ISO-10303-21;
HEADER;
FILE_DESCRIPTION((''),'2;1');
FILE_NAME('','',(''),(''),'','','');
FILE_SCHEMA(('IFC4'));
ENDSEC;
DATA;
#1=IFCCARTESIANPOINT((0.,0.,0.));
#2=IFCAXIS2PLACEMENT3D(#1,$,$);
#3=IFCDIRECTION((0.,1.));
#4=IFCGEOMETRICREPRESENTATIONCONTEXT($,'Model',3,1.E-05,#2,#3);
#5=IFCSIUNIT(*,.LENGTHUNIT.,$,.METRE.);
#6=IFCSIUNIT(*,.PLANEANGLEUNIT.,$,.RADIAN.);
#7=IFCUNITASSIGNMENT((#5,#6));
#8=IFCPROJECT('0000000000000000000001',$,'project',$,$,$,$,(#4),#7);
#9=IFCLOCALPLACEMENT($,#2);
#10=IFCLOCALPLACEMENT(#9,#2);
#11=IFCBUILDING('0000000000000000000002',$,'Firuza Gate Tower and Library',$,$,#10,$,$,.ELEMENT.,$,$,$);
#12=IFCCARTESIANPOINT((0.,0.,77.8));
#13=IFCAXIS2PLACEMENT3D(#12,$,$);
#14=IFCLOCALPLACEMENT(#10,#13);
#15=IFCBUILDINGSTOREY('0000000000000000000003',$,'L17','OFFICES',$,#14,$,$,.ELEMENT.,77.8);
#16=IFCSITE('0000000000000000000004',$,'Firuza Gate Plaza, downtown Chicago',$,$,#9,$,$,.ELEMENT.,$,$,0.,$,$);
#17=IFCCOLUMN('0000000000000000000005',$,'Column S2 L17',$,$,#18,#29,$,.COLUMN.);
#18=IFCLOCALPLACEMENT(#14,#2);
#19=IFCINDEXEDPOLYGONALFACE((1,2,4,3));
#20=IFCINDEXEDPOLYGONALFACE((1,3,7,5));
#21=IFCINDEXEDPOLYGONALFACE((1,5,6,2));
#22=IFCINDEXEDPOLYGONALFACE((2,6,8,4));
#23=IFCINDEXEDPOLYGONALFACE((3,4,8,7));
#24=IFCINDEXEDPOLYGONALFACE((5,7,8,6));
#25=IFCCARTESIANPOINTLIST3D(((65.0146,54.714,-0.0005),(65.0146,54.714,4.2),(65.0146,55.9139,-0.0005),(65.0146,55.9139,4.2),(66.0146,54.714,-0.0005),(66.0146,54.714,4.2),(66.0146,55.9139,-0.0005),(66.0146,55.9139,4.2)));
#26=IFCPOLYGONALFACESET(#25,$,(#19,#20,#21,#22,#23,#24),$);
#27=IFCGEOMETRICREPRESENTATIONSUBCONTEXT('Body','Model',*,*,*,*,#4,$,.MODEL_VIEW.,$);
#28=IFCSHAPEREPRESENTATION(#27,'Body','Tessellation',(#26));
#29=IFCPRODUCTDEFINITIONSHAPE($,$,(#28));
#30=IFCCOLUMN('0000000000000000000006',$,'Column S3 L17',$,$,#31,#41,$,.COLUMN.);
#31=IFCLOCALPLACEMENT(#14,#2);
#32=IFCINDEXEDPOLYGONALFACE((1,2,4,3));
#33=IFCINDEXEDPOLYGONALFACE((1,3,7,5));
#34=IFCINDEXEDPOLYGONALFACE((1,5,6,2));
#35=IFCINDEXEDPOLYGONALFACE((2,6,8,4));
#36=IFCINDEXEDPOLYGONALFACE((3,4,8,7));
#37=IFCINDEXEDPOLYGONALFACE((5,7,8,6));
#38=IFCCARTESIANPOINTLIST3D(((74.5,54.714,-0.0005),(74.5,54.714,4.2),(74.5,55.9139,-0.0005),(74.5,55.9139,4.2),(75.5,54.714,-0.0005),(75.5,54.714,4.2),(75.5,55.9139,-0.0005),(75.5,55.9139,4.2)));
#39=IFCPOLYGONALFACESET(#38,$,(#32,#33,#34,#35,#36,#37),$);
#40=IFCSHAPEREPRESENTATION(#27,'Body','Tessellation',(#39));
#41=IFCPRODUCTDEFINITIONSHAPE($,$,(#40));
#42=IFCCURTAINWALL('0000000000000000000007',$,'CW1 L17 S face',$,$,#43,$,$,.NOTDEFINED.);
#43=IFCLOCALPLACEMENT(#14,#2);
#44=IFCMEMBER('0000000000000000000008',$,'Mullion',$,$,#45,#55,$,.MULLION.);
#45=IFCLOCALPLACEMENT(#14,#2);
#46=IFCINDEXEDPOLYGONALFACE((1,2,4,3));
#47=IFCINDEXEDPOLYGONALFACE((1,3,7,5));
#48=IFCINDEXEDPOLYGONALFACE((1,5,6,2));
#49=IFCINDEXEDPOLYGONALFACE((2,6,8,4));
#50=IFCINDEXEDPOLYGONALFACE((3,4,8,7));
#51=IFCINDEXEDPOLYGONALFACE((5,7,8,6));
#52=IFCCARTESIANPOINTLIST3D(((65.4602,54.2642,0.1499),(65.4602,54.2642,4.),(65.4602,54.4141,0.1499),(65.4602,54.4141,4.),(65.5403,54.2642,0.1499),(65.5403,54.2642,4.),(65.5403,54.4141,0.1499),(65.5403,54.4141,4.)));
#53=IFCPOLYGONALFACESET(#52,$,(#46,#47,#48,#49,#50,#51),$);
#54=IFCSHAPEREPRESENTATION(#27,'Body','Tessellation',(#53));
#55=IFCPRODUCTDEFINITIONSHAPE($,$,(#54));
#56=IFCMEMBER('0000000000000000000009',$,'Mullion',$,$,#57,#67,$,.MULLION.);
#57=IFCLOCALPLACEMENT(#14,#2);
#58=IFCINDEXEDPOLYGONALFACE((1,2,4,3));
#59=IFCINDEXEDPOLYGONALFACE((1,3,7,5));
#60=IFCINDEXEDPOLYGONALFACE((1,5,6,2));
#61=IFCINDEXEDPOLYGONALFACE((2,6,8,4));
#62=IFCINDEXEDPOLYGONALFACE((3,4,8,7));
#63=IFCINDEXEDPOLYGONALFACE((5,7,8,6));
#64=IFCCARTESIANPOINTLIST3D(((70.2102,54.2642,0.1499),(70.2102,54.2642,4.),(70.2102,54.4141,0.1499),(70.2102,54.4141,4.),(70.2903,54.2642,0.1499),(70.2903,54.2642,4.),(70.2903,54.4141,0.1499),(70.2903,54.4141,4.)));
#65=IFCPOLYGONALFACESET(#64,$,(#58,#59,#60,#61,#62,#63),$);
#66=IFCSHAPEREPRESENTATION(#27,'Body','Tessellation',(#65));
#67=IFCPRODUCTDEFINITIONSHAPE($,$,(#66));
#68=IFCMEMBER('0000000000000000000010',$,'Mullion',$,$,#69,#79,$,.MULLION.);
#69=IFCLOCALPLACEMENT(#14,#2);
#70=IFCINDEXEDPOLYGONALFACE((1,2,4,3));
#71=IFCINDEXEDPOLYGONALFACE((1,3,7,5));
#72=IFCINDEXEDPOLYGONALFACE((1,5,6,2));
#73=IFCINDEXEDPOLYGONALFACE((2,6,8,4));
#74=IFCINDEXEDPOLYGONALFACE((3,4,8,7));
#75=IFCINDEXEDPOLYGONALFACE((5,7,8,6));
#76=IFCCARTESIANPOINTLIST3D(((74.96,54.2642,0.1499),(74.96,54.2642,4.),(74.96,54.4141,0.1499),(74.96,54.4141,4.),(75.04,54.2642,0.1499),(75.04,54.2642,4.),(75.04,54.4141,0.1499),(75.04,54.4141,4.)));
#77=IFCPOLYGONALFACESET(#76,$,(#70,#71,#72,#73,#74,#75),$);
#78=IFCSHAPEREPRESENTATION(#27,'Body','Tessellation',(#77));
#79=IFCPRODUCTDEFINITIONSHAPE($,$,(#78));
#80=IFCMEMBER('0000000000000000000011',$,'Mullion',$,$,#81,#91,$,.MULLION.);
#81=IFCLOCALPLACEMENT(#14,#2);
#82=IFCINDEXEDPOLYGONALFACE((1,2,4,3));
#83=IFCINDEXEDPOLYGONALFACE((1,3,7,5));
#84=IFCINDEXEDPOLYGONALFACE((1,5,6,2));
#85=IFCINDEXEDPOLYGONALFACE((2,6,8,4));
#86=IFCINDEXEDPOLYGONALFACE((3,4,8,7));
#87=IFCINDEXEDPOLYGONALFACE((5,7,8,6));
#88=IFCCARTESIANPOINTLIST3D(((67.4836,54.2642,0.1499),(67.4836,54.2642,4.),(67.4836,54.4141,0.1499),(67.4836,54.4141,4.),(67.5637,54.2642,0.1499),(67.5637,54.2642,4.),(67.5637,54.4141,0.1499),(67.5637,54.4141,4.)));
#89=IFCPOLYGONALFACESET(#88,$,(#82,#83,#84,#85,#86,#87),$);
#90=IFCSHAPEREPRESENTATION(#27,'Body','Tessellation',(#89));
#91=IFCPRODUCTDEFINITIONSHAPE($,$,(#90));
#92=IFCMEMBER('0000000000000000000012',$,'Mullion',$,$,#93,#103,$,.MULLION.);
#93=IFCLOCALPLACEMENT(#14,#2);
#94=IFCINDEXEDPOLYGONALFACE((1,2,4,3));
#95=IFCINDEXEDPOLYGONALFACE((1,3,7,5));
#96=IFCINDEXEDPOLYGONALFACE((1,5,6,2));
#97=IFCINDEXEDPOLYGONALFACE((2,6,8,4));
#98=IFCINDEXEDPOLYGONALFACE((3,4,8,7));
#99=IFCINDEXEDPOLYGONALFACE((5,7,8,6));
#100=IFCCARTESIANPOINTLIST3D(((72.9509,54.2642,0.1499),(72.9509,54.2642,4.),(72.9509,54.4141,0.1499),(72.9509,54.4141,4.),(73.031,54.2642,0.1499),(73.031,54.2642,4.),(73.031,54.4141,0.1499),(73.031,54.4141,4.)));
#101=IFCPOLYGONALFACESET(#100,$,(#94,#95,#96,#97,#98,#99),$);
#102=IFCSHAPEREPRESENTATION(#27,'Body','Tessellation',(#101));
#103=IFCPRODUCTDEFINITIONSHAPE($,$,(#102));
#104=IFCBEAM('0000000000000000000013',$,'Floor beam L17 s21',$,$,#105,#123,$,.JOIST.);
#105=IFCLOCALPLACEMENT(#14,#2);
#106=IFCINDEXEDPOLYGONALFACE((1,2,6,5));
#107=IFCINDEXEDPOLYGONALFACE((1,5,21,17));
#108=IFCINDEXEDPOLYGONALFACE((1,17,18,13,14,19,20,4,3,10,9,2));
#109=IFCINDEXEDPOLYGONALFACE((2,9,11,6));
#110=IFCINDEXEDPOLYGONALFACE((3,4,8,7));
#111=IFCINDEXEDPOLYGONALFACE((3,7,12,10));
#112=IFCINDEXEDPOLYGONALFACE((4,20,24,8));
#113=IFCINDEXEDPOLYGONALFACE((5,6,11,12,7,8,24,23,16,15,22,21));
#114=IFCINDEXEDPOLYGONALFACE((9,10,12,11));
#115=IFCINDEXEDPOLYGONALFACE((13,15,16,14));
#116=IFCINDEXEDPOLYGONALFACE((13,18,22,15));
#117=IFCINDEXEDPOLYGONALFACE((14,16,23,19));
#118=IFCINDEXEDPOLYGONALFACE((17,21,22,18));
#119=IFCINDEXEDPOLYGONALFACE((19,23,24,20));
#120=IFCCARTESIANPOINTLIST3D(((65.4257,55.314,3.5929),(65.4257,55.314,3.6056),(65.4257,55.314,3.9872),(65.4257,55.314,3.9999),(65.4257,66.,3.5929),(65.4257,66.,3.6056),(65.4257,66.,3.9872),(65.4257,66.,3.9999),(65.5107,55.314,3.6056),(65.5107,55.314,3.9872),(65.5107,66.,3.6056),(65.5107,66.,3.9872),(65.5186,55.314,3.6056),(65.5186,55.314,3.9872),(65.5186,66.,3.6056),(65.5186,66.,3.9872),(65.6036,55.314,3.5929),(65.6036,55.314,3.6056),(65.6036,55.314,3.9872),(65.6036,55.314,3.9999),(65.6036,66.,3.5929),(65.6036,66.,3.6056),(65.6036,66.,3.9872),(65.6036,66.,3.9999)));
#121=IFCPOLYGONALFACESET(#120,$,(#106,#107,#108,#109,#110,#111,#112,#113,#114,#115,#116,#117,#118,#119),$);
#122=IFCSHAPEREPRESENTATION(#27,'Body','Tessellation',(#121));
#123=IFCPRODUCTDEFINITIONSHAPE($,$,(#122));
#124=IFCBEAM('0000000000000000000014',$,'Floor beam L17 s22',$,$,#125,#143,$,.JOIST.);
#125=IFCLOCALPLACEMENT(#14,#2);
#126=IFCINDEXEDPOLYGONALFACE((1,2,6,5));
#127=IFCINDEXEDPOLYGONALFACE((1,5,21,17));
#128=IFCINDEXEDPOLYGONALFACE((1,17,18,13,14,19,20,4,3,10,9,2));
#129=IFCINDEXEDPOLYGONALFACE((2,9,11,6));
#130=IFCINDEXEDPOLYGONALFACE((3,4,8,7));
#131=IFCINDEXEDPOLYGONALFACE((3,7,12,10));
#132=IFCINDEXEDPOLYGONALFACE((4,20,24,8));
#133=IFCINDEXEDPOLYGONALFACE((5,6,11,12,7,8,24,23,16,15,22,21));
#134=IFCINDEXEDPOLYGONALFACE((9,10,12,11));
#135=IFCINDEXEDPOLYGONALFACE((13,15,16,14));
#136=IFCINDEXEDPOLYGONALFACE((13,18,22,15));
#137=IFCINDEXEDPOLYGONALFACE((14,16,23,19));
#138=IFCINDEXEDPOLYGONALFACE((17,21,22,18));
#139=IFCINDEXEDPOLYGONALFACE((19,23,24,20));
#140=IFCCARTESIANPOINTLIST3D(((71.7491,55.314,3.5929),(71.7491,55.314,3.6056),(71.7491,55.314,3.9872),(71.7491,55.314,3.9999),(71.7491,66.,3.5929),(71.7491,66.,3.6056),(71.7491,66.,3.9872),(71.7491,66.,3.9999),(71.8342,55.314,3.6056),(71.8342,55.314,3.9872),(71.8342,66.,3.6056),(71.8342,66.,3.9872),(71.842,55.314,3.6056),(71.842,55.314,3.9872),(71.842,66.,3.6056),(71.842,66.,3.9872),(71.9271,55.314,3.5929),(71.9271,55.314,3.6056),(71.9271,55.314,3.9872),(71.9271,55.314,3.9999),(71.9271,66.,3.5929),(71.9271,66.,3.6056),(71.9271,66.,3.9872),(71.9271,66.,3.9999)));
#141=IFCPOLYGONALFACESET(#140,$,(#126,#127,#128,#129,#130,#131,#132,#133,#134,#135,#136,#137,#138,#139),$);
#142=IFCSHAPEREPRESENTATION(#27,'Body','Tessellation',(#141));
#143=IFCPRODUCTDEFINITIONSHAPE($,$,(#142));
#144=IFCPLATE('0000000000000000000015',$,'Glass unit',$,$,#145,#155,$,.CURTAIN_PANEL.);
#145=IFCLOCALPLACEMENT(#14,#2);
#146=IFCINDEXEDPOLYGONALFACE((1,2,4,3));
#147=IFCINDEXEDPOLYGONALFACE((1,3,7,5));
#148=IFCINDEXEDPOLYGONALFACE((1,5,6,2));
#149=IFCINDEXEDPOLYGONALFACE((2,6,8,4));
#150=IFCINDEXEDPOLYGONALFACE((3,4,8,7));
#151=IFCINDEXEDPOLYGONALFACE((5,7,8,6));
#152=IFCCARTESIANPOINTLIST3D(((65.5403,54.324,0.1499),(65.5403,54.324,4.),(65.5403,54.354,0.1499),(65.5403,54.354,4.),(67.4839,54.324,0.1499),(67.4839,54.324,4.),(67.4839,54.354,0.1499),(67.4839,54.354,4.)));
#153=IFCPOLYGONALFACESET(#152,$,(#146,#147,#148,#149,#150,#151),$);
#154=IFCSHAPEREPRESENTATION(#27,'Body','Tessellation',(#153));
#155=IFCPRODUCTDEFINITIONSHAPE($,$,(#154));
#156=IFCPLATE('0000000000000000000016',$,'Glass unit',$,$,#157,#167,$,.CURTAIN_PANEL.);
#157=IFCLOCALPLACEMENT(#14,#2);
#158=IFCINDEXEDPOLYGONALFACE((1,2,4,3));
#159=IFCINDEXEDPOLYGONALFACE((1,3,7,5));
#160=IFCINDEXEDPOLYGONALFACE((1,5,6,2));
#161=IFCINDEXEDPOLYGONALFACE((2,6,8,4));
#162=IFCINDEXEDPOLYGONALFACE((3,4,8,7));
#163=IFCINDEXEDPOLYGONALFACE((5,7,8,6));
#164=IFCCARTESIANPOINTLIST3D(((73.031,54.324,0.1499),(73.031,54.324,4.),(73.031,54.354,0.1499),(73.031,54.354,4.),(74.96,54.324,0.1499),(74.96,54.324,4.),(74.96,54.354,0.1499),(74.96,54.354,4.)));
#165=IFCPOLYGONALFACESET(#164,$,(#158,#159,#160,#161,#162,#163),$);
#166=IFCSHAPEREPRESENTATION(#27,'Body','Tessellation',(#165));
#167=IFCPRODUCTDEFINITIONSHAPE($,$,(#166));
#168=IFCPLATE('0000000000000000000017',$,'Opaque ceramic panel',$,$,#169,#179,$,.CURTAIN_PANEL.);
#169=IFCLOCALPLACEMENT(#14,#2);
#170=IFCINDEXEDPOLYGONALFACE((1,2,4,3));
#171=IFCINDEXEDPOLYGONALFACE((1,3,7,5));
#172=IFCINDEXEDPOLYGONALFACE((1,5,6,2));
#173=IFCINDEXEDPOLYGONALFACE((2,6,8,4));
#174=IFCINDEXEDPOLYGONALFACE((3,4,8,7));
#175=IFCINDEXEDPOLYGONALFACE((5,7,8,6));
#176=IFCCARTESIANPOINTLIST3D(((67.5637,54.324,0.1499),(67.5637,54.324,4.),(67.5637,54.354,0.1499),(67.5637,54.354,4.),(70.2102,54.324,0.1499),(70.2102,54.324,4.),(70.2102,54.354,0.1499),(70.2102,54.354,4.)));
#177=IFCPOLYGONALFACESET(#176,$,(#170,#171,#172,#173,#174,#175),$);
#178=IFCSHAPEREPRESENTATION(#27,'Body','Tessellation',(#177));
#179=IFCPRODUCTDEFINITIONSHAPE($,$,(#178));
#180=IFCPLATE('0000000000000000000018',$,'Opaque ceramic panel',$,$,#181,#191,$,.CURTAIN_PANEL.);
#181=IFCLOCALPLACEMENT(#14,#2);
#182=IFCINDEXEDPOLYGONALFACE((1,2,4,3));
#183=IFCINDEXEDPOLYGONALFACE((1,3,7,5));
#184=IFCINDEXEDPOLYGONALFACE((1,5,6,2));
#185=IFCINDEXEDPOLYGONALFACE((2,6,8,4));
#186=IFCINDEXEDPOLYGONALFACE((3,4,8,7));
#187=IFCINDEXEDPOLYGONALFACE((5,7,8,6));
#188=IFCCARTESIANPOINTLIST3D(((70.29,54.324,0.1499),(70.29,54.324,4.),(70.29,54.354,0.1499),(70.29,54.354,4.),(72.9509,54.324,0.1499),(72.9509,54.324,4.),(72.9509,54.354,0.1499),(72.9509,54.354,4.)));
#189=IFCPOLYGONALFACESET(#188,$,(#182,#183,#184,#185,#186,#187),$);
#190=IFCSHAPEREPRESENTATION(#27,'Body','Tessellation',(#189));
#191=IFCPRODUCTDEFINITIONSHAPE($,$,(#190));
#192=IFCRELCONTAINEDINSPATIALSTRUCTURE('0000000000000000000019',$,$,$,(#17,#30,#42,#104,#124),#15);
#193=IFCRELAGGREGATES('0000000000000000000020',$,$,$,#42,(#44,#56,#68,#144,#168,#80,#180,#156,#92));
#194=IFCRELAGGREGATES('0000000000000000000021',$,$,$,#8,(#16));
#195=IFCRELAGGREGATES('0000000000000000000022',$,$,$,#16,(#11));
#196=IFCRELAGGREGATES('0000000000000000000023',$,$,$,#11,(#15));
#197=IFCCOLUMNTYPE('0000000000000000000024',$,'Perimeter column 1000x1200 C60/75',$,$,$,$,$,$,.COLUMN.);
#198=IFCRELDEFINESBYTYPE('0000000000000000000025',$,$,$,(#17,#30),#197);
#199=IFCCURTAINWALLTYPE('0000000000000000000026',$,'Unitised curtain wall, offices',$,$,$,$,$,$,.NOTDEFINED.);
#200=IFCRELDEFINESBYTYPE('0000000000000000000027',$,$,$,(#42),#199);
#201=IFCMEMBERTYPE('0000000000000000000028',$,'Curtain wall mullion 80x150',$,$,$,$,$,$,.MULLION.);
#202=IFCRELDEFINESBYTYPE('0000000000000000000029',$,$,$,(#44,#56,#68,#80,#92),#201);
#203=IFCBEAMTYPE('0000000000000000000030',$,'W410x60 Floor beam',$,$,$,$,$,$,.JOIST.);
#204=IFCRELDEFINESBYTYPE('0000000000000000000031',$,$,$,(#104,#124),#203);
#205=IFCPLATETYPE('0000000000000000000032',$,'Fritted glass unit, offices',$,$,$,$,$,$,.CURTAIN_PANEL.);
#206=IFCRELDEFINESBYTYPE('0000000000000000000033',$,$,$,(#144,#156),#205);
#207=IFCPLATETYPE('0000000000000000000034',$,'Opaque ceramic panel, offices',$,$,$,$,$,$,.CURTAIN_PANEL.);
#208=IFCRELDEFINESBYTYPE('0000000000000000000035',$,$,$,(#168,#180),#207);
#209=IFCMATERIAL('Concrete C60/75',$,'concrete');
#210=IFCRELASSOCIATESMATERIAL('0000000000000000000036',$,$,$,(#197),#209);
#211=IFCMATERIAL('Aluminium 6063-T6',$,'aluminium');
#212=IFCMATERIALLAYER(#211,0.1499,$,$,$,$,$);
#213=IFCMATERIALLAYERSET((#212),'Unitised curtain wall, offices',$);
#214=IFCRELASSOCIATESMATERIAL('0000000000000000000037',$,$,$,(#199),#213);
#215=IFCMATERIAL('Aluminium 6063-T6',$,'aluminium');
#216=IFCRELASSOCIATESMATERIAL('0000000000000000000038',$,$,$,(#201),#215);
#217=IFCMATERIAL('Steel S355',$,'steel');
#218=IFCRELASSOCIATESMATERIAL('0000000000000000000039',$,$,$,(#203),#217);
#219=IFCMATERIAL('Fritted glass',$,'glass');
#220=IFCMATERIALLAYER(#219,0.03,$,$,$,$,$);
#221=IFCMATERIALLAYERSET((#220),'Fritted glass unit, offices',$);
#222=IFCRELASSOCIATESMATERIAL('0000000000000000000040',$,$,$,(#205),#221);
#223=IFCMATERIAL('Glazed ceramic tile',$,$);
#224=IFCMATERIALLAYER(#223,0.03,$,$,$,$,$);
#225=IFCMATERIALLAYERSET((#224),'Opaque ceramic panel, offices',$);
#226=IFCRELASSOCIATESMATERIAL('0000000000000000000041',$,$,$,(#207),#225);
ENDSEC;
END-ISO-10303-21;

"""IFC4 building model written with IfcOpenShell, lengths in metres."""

from ifc_helpers import new_model, si_unit, direction, frame, origin, origin_2d, place, context, subcontext, project, spatial, polyline, rectangle, i_section, outline, extrude, material, layer, layer_set, material_profile, profile_set, type_object, element, aggregate, save


model = new_model("IFC4")

# Units and contexts
model_context = context("Model", 3, precision=1e-05, world=origin(), true_north=direction((0.0, 1.0)))
body_context = subcontext(model_context, "Body", "Model", "MODEL_VIEW")
ifc_project = project(units=[si_unit("LENGTHUNIT", "METRE"), si_unit("PLANEANGLEUNIT", "RADIAN")], contexts=[model_context])

# Site, building, storey
site_placement = place(None, origin())
site = spatial("IfcSite", under=ifc_project, at=site_placement, Name="Firuza Gate Plaza, downtown Chicago", CompositionType="ELEMENT", RefElevation=0.0)
building_placement = place(site_placement, origin())
building = spatial("IfcBuilding", under=site, at=building_placement, Name="Firuza Gate Tower and Library", CompositionType="ELEMENT")
storey_placement = place(building_placement, frame((0.0, 0.0, 77.8)))
storey = spatial("IfcBuildingStorey", under=building, at=storey_placement, Name="L17", Description="OFFICES", CompositionType="ELEMENT", Elevation=77.8)

# Columns
ifc_material_1 = material(Name="Concrete C60/75", Category="concrete")
ifc_material_profile_1 = material_profile(ifc_material_1, rectangle(XDim=1.0, YDim=1.2, at=origin_2d()))
ifc_profile_set_1 = profile_set([ifc_material_profile_1], Name="Concrete C60/75")
column_type = type_object("IfcColumnType", Name="Perimeter column 1000x1200 C60/75", PredefinedType="COLUMN", material=ifc_profile_set_1)
for number, where, z_axis, x_axis, name in (
    (1, (65.5146, 55.314, -0.0005), (0.0, 0.0, 1.0), (1.0, 0.0, 0.0), "Column S2 L17"),
    (2, (75.0, 55.314, -0.0005), (0.0, 0.0, 1.0), (1.0, 0.0, 0.0), "Column S3 L17"),
):
    element("IfcColumn", number, at=place(storey_placement, frame(where, z_axis=z_axis, x_axis=x_axis)), inside=storey, type_object=column_type, Name=name, PredefinedType="COLUMN", context=body_context, shape_type="SweptSolid", body=[
        extrude(rectangle(XDim=1.0, YDim=1.2, at=origin_2d()), origin(), (0.0, 0.0, 1.0), 4.2004),
    ])

# Curtain wall, members
ifc_material_2 = material(Name="Aluminium 6063-T6", Category="aluminium")
ifc_layer_1 = layer(ifc_material_2, 0.1499)
ifc_layer_set_1 = layer_set([ifc_layer_1], Name="Unitised curtain wall, offices")
curtain_wall_type = type_object("IfcCurtainWallType", Name="Unitised curtain wall, offices", PredefinedType="NOTDEFINED", material=ifc_layer_set_1)
curtain_wall_placement = place(storey_placement, origin())
curtain_wall = element("IfcCurtainWall", 3, at=curtain_wall_placement, inside=storey, type_object=curtain_wall_type, Name="CW1 L17 S face", PredefinedType="NOTDEFINED")
ifc_material_3 = material(Name="Aluminium 6063-T6", Category="aluminium")
ifc_material_profile_2 = material_profile(ifc_material_3, rectangle(XDim=0.1499, YDim=0.0801, at=origin_2d()))
ifc_profile_set_2 = profile_set([ifc_material_profile_2], Name="Aluminium 6063-T6")
member_type = type_object("IfcMemberType", Name="Curtain wall mullion 80x150", PredefinedType="MULLION", material=ifc_profile_set_2)
member_1_placement = place(storey_placement, frame((65.5002, 54.3391, 0.1499), z_axis=(0.0, 0.0, 1.0), x_axis=(0.0, 1.0, 0.0)))
member_1 = element("IfcMember", 4, at=member_1_placement, type_object=member_type, Name="Mullion", PredefinedType="MULLION", context=body_context, shape_type="SweptSolid", body=[
    extrude(rectangle(XDim=0.1499, YDim=0.0801, at=origin_2d()), origin(), (0.0, 0.0, 1.0), 3.8501),
])
member_2_placement = place(storey_placement, frame((70.2502, 54.3391, 0.1499), z_axis=(0.0, 0.0, 1.0), x_axis=(0.0, 1.0, 0.0)))
member_2 = element("IfcMember", 5, at=member_2_placement, type_object=member_type, Name="Mullion", PredefinedType="MULLION", context=body_context, shape_type="SweptSolid", body=[
    extrude(rectangle(XDim=0.1499, YDim=0.0801, at=origin_2d()), origin(), (0.0, 0.0, 1.0), 3.8501),
])
member_3_placement = place(storey_placement, frame((75.0, 54.3391, 0.1499), z_axis=(0.0, 0.0, 1.0), x_axis=(0.0, 1.0, 0.0)))
member_3 = element("IfcMember", 6, at=member_3_placement, type_object=member_type, Name="Mullion", PredefinedType="MULLION", context=body_context, shape_type="SweptSolid", body=[
    extrude(rectangle(XDim=0.1499, YDim=0.0801, at=origin_2d()), origin(), (0.0, 0.0, 1.0), 3.8501),
])
member_4_placement = place(storey_placement, frame((67.5237, 54.3391, 0.1499), z_axis=(0.0, 0.0, 1.0), x_axis=(0.0, 1.0, 0.0)))
member_4 = element("IfcMember", 7, at=member_4_placement, type_object=member_type, Name="Mullion", PredefinedType="MULLION", context=body_context, shape_type="SweptSolid", body=[
    extrude(rectangle(XDim=0.1499, YDim=0.0801, at=origin_2d()), origin(), (0.0, 0.0, 1.0), 3.8501),
])
member_5_placement = place(storey_placement, frame((72.991, 54.3391, 0.1499), z_axis=(0.0, 0.0, 1.0), x_axis=(0.0, 1.0, 0.0)))
member_5 = element("IfcMember", 8, at=member_5_placement, type_object=member_type, Name="Mullion", PredefinedType="MULLION", context=body_context, shape_type="SweptSolid", body=[
    extrude(rectangle(XDim=0.1499, YDim=0.0801, at=origin_2d()), origin(), (0.0, 0.0, 1.0), 3.8501),
])

# Beams
ifc_material_4 = material(Name="Steel S355", Category="steel")
ifc_material_profile_3 = material_profile(ifc_material_4, i_section(OverallWidth=0.178, OverallDepth=0.407, WebThickness=0.0078, FlangeThickness=0.0127, at=origin_2d()))
ifc_profile_set_3 = profile_set([ifc_material_profile_3], Name="Steel S355")
beam_type = type_object("IfcBeamType", Name="W410x60 Floor beam", PredefinedType="JOIST", material=ifc_profile_set_3)
for number, where, z_axis, x_axis, name in (
    (9, (65.5146, 55.314, 3.7964), (0.0, 1.0, 0.0), (-1.0, 0.0, 0.0), "Floor beam L17 s21"),
    (10, (71.8381, 55.314, 3.7964), (0.0, 1.0, 0.0), (-1.0, 0.0, 0.0), "Floor beam L17 s22"),
):
    element("IfcBeam", number, at=place(storey_placement, frame(where, z_axis=z_axis, x_axis=x_axis)), inside=storey, type_object=beam_type, Name=name, PredefinedType="JOIST", context=body_context, shape_type="SweptSolid", body=[
        extrude(i_section(OverallWidth=0.178, OverallDepth=0.407, WebThickness=0.0078, FlangeThickness=0.0127, at=origin_2d()), origin(), (0.0, 0.0, 1.0), 10.686),
    ])

# Plates
ifc_material_5 = material(Name="Fritted glass", Category="glass")
ifc_layer_2 = layer(ifc_material_5, 0.03)
ifc_layer_set_2 = layer_set([ifc_layer_2], Name="Fritted glass unit, offices")
plate_type_1 = type_object("IfcPlateType", Name="Fritted glass unit, offices", PredefinedType="CURTAIN_PANEL", material=ifc_layer_set_2)
plate_1_placement = place(storey_placement, frame((65.5403, 54.324, 0.1499), z_axis=(0.0, -1.0, 0.0), x_axis=(1.0, 0.0, 0.0)))
plate_1 = element("IfcPlate", 11, at=plate_1_placement, type_object=plate_type_1, Name="Glass unit", PredefinedType="CURTAIN_PANEL", context=body_context, shape_type="SweptSolid", body=[
    extrude(outline(polyline([(0.0, 0.0), (1.9436, 0.0), (1.9436, 3.8501), (0.0, 3.8501), (0.0, 0.0)])), origin(), (0.0, 0.0, -1.0), 0.03),
])
plate_2_placement = place(storey_placement, frame((73.031, 54.324, 0.1499), z_axis=(0.0, -1.0, 0.0), x_axis=(1.0, 0.0, 0.0)))
plate_2 = element("IfcPlate", 12, at=plate_2_placement, type_object=plate_type_1, Name="Glass unit", PredefinedType="CURTAIN_PANEL", context=body_context, shape_type="SweptSolid", body=[
    extrude(outline(polyline([(0.0, 0.0), (1.929, 0.0), (1.929, 3.8501), (0.0, 3.8501), (0.0, 0.0)])), origin(), (0.0, 0.0, -1.0), 0.03),
])
ifc_material_6 = material(Name="Glazed ceramic tile")
ifc_layer_3 = layer(ifc_material_6, 0.03)
ifc_layer_set_3 = layer_set([ifc_layer_3], Name="Opaque ceramic panel, offices")
plate_type_2 = type_object("IfcPlateType", Name="Opaque ceramic panel, offices", PredefinedType="CURTAIN_PANEL", material=ifc_layer_set_3)
plate_3_placement = place(storey_placement, frame((67.5637, 54.324, 0.1499), z_axis=(0.0, -1.0, 0.0), x_axis=(1.0, 0.0, 0.0)))
plate_3 = element("IfcPlate", 13, at=plate_3_placement, type_object=plate_type_2, Name="Opaque ceramic panel", PredefinedType="CURTAIN_PANEL", context=body_context, shape_type="SweptSolid", body=[
    extrude(outline(polyline([(0.0, 0.0), (2.6465, 0.0), (2.6465, 3.8501), (0.0, 3.8501), (0.0, 0.0)])), origin(), (0.0, 0.0, -1.0), 0.03),
])
plate_4_placement = place(storey_placement, frame((70.29, 54.324, 0.1499), z_axis=(0.0, -1.0, 0.0), x_axis=(1.0, 0.0, 0.0)))
plate_4 = element("IfcPlate", 14, at=plate_4_placement, type_object=plate_type_2, Name="Opaque ceramic panel", PredefinedType="CURTAIN_PANEL", context=body_context, shape_type="SweptSolid", body=[
    extrude(outline(polyline([(0.0, 0.0), (2.6609, 0.0), (2.6609, 3.8501), (0.0, 3.8501), (0.0, 0.0)])), origin(), (0.0, 0.0, -1.0), 0.03),
])
aggregate(curtain_wall, [member_1, member_2, member_3, plate_1, plate_3, member_4, plate_4, plate_2, member_5])

save(model, "model.ifc")
